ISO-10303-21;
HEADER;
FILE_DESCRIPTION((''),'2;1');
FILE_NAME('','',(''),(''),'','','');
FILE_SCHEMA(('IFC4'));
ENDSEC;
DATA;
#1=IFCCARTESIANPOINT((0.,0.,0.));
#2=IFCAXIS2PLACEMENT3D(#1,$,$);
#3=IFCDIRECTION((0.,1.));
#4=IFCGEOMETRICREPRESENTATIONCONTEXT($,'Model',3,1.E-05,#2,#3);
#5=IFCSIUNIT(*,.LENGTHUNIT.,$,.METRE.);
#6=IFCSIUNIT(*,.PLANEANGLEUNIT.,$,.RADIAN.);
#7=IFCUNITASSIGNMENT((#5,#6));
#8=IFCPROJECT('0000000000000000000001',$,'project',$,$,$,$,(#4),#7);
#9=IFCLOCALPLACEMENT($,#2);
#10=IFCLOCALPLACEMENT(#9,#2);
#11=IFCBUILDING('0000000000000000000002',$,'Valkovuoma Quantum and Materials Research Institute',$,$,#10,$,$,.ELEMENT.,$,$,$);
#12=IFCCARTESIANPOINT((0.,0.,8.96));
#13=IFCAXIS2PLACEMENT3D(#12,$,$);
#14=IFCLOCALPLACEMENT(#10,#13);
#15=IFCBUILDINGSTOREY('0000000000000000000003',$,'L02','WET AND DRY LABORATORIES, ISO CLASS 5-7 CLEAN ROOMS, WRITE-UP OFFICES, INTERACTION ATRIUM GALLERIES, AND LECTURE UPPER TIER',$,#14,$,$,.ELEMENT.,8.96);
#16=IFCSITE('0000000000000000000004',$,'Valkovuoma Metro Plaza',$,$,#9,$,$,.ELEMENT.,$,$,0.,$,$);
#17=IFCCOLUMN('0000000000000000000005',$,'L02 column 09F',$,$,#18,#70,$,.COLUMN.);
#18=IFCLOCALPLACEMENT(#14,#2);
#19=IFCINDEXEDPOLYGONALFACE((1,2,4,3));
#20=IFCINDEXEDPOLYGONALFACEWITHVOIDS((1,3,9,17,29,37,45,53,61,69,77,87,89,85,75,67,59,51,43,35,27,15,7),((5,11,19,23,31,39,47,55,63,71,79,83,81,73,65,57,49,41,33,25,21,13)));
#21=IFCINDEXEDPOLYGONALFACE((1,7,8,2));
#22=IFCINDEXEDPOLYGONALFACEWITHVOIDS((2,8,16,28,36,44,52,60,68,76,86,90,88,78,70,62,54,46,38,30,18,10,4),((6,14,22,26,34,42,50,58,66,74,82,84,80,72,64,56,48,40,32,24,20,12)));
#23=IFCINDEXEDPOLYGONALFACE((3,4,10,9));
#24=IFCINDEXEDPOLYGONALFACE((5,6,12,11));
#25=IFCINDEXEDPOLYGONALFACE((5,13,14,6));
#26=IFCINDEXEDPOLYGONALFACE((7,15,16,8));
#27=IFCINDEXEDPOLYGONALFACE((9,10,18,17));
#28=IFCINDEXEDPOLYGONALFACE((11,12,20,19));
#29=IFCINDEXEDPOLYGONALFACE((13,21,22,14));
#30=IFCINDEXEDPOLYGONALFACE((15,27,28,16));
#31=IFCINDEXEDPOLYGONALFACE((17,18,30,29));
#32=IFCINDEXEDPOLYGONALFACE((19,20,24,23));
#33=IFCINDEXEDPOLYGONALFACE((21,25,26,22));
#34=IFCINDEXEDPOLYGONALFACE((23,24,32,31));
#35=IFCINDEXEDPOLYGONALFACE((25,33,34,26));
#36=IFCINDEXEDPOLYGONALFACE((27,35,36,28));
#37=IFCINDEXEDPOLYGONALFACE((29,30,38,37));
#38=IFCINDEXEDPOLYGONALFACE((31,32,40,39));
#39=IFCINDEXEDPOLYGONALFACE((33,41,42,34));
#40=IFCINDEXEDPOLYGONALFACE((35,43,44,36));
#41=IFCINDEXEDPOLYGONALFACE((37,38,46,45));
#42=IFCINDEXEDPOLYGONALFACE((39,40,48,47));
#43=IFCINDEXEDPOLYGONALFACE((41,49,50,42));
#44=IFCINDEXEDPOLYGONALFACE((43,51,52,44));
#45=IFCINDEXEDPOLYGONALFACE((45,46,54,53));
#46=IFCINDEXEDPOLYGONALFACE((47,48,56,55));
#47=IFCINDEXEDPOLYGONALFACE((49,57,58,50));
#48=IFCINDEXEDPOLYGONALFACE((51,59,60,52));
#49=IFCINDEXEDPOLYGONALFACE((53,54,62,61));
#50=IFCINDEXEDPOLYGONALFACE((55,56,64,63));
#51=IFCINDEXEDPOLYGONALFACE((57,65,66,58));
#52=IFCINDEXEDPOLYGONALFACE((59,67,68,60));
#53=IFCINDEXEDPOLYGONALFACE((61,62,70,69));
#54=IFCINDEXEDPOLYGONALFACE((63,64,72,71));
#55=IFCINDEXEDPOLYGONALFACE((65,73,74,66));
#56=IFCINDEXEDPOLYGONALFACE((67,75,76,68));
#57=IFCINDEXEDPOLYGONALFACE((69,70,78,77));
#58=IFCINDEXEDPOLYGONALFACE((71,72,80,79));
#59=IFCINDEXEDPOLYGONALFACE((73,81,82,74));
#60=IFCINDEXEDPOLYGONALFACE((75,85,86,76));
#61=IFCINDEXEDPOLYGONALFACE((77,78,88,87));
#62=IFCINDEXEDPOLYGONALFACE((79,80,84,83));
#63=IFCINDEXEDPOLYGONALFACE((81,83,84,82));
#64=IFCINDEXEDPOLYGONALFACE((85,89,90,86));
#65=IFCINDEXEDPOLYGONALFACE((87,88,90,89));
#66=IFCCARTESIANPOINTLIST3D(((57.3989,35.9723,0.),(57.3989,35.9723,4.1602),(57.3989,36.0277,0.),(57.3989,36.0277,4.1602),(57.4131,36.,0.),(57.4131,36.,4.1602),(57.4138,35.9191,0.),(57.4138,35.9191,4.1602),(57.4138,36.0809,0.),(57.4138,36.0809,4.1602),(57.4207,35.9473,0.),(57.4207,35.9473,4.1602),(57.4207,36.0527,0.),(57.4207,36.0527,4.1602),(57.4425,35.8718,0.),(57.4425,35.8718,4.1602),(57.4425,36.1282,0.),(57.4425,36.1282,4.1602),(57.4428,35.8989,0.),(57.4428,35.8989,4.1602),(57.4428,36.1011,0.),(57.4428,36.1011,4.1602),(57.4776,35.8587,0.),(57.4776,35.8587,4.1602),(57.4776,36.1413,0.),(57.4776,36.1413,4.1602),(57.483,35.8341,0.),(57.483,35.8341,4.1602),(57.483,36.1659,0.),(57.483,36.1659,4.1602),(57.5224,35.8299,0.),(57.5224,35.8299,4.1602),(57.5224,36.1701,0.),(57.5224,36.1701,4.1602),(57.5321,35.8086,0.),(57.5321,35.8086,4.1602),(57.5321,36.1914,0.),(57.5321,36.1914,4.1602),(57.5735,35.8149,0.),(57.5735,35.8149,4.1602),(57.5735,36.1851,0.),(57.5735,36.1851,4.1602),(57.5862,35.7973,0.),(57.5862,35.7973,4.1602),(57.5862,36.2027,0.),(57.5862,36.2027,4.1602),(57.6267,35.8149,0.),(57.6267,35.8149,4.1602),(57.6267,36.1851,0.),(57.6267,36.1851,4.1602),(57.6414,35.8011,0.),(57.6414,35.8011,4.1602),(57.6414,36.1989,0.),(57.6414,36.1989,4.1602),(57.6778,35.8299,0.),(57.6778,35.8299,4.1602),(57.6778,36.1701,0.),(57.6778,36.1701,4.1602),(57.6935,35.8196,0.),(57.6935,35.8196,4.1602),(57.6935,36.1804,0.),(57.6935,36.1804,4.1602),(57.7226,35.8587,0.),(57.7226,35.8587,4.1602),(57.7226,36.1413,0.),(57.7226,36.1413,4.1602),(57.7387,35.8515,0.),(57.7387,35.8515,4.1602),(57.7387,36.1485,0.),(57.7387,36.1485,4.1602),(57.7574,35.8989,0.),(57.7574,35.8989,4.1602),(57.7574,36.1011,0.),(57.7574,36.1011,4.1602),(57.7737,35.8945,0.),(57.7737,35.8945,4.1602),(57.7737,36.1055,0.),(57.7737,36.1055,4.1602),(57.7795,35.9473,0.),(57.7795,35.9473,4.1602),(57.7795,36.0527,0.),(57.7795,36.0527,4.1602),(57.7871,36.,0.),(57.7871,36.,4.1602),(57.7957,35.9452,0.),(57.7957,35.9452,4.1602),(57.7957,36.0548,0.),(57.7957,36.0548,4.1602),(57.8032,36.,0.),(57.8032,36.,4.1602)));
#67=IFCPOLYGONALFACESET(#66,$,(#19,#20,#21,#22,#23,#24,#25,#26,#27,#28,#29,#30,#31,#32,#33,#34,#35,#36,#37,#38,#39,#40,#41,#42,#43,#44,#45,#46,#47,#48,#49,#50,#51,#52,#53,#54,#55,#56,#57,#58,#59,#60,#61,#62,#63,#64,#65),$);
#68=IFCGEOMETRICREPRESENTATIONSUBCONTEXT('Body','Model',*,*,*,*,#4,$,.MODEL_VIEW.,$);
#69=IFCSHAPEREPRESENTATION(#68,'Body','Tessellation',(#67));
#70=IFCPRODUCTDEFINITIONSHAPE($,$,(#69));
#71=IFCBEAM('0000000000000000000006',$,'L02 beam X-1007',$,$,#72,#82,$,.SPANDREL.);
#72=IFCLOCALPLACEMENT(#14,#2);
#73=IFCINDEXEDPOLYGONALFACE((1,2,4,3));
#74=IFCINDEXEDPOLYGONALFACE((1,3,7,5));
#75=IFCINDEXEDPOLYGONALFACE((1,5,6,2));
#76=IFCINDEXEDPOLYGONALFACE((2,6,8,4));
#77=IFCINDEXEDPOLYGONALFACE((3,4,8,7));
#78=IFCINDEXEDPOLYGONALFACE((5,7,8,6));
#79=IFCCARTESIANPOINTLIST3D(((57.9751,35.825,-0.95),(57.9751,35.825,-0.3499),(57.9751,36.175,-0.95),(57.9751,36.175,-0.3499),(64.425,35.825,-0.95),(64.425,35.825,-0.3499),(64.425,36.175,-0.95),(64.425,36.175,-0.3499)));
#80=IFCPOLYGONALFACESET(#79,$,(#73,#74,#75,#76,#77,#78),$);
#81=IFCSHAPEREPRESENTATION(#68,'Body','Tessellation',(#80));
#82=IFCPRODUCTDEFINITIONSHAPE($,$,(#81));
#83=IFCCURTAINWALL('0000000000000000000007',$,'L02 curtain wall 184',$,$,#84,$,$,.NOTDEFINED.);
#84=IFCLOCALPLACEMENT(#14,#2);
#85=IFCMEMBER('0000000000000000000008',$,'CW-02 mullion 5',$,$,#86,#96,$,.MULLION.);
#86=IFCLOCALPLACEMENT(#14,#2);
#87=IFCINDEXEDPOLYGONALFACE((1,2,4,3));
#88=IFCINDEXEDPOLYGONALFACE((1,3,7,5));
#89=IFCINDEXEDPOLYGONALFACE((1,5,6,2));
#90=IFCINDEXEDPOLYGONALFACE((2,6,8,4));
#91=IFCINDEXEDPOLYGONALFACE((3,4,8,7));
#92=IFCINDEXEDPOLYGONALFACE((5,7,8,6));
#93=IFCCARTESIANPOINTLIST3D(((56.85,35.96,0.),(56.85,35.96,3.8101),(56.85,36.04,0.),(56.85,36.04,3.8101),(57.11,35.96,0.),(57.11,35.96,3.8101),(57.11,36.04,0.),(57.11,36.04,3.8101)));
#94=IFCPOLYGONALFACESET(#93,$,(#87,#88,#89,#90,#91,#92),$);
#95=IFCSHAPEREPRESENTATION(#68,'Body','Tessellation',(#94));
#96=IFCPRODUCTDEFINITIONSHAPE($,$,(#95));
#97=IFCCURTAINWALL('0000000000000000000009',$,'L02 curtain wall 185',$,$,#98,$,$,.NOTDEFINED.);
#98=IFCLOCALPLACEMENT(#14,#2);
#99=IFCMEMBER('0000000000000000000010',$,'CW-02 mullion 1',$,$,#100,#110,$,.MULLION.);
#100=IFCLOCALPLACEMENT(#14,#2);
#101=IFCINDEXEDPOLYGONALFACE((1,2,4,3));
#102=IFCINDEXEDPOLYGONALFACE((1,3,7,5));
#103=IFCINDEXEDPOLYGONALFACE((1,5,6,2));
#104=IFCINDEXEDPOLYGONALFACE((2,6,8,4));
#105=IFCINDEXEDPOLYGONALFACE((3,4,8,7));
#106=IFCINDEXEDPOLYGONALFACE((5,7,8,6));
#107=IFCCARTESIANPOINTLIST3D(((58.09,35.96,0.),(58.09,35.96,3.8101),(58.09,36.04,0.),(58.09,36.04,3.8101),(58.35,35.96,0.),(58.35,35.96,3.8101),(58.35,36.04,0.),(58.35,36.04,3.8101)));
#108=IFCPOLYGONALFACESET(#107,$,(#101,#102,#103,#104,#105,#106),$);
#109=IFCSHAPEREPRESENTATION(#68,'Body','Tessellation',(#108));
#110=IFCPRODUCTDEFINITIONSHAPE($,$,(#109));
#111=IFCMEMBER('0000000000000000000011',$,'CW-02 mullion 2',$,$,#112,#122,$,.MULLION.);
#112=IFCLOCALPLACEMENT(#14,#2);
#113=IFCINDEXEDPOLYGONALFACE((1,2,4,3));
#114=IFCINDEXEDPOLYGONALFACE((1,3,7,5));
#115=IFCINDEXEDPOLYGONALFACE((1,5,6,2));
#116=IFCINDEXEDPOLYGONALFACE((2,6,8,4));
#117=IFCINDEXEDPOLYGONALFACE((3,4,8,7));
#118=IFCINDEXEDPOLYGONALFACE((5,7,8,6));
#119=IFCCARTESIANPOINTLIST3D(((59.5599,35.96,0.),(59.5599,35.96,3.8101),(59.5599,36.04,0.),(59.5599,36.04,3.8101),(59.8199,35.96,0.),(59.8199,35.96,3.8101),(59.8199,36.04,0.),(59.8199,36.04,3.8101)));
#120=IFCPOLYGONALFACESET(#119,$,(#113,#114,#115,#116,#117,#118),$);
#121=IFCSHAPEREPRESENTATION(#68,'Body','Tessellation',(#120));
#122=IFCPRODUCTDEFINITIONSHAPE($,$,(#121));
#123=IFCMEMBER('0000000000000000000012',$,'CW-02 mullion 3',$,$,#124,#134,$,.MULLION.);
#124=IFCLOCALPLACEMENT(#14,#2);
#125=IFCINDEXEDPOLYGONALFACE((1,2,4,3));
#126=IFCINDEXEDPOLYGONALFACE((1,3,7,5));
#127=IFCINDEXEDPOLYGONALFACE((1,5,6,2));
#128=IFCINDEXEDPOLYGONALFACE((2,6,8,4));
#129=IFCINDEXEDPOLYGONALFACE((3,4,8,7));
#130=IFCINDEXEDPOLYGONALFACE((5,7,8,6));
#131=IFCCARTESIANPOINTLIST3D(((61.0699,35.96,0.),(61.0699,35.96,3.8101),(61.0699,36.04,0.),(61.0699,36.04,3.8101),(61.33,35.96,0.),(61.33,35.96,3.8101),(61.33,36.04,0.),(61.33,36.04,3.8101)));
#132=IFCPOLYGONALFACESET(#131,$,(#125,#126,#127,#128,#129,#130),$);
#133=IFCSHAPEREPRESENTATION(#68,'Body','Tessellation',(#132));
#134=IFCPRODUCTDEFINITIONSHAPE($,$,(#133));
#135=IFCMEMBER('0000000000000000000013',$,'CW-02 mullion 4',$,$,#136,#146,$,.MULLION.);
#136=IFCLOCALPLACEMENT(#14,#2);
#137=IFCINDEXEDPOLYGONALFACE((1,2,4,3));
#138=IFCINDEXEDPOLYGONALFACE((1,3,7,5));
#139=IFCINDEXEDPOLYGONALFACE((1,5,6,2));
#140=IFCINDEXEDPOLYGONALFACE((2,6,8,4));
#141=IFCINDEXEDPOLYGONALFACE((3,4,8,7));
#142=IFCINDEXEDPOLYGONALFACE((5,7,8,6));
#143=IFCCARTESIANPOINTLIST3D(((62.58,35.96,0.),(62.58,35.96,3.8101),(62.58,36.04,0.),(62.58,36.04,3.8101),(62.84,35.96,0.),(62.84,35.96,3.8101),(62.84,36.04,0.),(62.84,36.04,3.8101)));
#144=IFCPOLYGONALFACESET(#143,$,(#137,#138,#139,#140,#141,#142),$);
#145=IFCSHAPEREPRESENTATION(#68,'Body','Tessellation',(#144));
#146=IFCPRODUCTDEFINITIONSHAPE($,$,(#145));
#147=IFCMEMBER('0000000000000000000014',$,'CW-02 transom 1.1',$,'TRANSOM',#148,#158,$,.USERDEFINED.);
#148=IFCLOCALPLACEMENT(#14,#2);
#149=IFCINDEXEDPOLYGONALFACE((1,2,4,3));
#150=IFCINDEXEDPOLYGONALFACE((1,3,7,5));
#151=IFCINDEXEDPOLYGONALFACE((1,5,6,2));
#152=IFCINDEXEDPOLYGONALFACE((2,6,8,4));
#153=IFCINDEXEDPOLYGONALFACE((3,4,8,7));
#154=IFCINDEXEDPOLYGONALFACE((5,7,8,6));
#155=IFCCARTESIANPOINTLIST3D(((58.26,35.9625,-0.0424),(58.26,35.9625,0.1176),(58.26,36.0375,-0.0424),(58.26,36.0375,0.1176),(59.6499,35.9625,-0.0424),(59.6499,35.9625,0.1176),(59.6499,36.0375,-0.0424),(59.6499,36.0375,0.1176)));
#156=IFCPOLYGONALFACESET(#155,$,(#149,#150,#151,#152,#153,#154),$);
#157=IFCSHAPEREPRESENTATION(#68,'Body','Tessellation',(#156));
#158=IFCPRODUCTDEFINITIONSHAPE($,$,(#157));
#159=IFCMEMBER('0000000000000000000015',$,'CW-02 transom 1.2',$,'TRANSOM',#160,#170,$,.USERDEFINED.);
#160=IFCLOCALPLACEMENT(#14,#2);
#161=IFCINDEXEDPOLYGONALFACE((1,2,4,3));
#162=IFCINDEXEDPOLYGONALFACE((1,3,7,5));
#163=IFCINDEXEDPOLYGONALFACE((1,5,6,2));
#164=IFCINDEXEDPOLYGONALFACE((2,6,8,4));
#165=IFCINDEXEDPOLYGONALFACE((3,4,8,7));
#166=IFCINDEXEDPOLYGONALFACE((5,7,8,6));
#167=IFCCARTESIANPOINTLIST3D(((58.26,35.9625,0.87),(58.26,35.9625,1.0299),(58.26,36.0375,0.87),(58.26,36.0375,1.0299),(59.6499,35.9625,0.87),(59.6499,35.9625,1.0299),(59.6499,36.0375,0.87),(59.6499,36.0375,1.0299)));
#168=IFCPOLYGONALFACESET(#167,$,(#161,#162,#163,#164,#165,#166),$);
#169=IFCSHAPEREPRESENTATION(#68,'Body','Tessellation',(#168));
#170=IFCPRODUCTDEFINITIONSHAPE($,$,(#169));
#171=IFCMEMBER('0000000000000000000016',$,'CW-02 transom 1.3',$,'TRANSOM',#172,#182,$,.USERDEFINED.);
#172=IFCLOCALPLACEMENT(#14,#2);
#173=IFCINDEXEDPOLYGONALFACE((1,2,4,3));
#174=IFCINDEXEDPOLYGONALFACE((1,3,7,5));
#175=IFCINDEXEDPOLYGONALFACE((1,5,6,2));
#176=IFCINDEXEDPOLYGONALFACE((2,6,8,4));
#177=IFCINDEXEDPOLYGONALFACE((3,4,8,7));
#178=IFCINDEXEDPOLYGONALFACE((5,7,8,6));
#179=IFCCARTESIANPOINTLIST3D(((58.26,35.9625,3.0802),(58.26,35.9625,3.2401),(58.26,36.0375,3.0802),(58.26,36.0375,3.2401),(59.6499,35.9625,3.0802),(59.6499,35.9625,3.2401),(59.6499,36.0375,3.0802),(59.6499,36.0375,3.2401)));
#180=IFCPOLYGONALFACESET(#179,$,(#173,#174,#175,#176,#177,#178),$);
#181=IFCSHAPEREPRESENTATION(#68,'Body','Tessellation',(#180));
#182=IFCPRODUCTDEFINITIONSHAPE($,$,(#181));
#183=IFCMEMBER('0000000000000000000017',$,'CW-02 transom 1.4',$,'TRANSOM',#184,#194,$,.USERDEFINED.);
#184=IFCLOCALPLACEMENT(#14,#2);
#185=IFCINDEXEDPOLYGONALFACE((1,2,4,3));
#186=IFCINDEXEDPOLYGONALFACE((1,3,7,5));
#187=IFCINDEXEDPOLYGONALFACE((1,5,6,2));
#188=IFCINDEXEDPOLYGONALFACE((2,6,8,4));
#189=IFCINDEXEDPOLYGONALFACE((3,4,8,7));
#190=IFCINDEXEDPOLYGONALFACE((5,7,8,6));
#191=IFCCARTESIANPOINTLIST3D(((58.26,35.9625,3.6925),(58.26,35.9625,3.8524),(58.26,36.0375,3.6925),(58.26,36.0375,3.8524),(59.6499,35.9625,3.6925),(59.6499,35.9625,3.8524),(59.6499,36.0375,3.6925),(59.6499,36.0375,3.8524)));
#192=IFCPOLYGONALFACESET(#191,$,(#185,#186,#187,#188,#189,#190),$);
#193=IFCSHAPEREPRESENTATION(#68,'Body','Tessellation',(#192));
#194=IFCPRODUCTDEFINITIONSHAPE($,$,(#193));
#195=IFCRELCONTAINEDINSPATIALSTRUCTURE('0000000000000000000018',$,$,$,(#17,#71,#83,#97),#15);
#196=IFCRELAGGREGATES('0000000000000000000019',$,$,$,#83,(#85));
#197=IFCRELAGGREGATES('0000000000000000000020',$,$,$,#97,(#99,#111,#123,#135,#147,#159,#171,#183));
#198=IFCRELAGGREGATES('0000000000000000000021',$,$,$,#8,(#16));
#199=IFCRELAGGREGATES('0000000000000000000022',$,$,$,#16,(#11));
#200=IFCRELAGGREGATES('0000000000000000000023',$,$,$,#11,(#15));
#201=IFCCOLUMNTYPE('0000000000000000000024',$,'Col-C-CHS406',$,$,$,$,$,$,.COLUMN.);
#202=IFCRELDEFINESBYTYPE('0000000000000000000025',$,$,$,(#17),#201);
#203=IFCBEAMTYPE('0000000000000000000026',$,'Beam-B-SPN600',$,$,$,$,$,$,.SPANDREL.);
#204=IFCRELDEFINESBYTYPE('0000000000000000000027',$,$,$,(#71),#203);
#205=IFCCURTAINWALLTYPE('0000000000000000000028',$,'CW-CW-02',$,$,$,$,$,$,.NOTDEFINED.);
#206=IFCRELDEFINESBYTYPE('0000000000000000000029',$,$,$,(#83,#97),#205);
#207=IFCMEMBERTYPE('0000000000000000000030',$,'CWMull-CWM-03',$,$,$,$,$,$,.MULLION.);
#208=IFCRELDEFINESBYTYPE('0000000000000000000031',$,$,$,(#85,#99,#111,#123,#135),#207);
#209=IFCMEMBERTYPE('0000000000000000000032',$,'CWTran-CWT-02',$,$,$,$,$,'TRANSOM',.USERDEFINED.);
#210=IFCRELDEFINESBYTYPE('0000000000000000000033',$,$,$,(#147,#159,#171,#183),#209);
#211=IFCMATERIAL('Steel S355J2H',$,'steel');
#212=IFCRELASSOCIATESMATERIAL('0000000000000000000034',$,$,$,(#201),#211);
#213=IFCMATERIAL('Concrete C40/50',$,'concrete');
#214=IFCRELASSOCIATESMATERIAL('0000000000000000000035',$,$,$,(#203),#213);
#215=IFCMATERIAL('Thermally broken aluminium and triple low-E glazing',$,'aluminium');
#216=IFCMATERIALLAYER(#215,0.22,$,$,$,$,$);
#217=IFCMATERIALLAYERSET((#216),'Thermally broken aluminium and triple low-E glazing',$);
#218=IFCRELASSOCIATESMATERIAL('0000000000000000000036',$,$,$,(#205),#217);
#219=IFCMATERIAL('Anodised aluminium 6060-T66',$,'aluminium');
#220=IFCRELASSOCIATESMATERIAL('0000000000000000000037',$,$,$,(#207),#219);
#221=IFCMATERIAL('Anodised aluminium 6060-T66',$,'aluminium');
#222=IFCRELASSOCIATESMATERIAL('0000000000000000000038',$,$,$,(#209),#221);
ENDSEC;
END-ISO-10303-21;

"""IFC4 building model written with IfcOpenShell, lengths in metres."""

from ifc_helpers import new_model, si_unit, direction, frame, origin, origin_2d, place, context, subcontext, project, spatial, rectangle, hollow_circle, extrude, material, layer, layer_set, material_profile, profile_set, type_object, element, aggregate, save


model = new_model("IFC4")

# Units and contexts
model_context = context("Model", 3, precision=1e-05, world=origin(), true_north=direction((0.0, 1.0)))
body_context = subcontext(model_context, "Body", "Model", "MODEL_VIEW")
ifc_project = project(units=[si_unit("LENGTHUNIT", "METRE"), si_unit("PLANEANGLEUNIT", "RADIAN")], contexts=[model_context])

# Site, building, storey
site_placement = place(None, origin())
site = spatial("IfcSite", under=ifc_project, at=site_placement, Name="Valkovuoma Metro Plaza", CompositionType="ELEMENT", RefElevation=0.0)
building_placement = place(site_placement, origin())
building = spatial("IfcBuilding", under=site, at=building_placement, Name="Valkovuoma Quantum and Materials Research Institute", CompositionType="ELEMENT")
storey_placement = place(building_placement, frame((0.0, 0.0, 8.96)))
storey = spatial("IfcBuildingStorey", under=building, at=storey_placement, Name="L02", Description="WET AND DRY LABORATORIES, ISO CLASS 5-7 CLEAN ROOMS, WRITE-UP OFFICES, INTERACTION ATRIUM GALLERIES, AND LECTURE UPPER TIER", CompositionType="ELEMENT", Elevation=8.96)

# Column
ifc_material_1 = material(Name="Steel S355J2H", Category="steel")
ifc_material_profile_1 = material_profile(ifc_material_1, hollow_circle(Radius=0.2031, WallThickness=0.0161, at=origin_2d()), Name="Steel S355J2H")
ifc_profile_set_1 = profile_set([ifc_material_profile_1], Name="Steel S355J2H")
column_type = type_object("IfcColumnType", Name="Col-C-CHS406", PredefinedType="COLUMN", material=ifc_profile_set_1)
column_placement = place(storey_placement, frame((57.6001, 36.0, 0.0), z_axis=(0.0, 0.0, 1.0), x_axis=(1.0, 0.0, 0.0)))
element("IfcColumn", 1, at=column_placement, inside=storey, type_object=column_type, Name="L02 column 09F", PredefinedType="COLUMN", context=body_context, shape_type="SweptSolid", body=[
    extrude(hollow_circle(Radius=0.2031, WallThickness=0.0161, at=origin_2d()), origin(), (0.0, 0.0, 1.0), 4.1602),
])

# Beam
ifc_material_2 = material(Name="Concrete C40/50", Category="concrete")
ifc_material_profile_2 = material_profile(ifc_material_2, rectangle(XDim=0.3501, YDim=0.6001, at=origin_2d()), Name="Concrete C40/50")
ifc_profile_set_2 = profile_set([ifc_material_profile_2], Name="Concrete C40/50")
beam_type = type_object("IfcBeamType", Name="Beam-B-SPN600", PredefinedType="SPANDREL", material=ifc_profile_set_2)
beam_placement = place(storey_placement, frame((57.9751, 36.0, -0.6499), z_axis=(1.0, 0.0, 0.0), x_axis=(0.0, 1.0, 0.0)))
element("IfcBeam", 2, at=beam_placement, inside=storey, type_object=beam_type, Name="L02 beam X-1007", PredefinedType="SPANDREL", context=body_context, shape_type="SweptSolid", body=[
    extrude(rectangle(XDim=0.3501, YDim=0.6001, at=origin_2d()), origin(), (0.0, 0.0, 1.0), 6.45),
])

# Curtain wall, member
ifc_material_3 = material(Name="Thermally broken aluminium and triple low-E glazing", Category="aluminium")
ifc_layer_1 = layer(ifc_material_3, 0.22)
ifc_layer_set_1 = layer_set([ifc_layer_1], Name="Thermally broken aluminium and triple low-E glazing")
curtain_wall_type = type_object("IfcCurtainWallType", Name="CW-CW-02", PredefinedType="NOTDEFINED", material=ifc_layer_set_1)
curtain_wall_1_placement = place(storey_placement, origin())
curtain_wall_1 = element("IfcCurtainWall", 3, at=curtain_wall_1_placement, inside=storey, type_object=curtain_wall_type, Name="L02 curtain wall 184", PredefinedType="NOTDEFINED")
ifc_material_4 = material(Name="Anodised aluminium 6060-T66", Category="aluminium")
ifc_material_profile_3 = material_profile(ifc_material_4, rectangle(XDim=0.0801, YDim=0.26, at=origin_2d()), Name="Anodised aluminium 6060-T66")
ifc_profile_set_3 = profile_set([ifc_material_profile_3], Name="Anodised aluminium 6060-T66")
member_type_1 = type_object("IfcMemberType", Name="CWMull-CWM-03", PredefinedType="MULLION", material=ifc_profile_set_3)
member_1_placement = place(storey_placement, frame((56.98, 36.0, 0.0), z_axis=(0.0, 0.0, 1.0), x_axis=(0.0, 1.0, 0.0)))
member_1 = element("IfcMember", 4, at=member_1_placement, type_object=member_type_1, Name="CW-02 mullion 5", PredefinedType="MULLION", context=body_context, shape_type="SweptSolid", body=[
    extrude(rectangle(XDim=0.0801, YDim=0.26, at=origin_2d()), origin(), (0.0, 0.0, 1.0), 3.8101),
])

# Curtain wall, members
curtain_wall_2_placement = place(storey_placement, origin())
curtain_wall_2 = element("IfcCurtainWall", 5, at=curtain_wall_2_placement, inside=storey, type_object=curtain_wall_type, Name="L02 curtain wall 185", PredefinedType="NOTDEFINED")
member_2_placement = place(storey_placement, frame((58.22, 36.0, 0.0), z_axis=(0.0, 0.0, 1.0), x_axis=(0.0, 1.0, 0.0)))
member_2 = element("IfcMember", 6, at=member_2_placement, type_object=member_type_1, Name="CW-02 mullion 1", PredefinedType="MULLION", context=body_context, shape_type="SweptSolid", body=[
    extrude(rectangle(XDim=0.0801, YDim=0.26, at=origin_2d()), origin(), (0.0, 0.0, 1.0), 3.8101),
])
member_3_placement = place(storey_placement, frame((59.6899, 36.0, 0.0), z_axis=(0.0, 0.0, 1.0), x_axis=(0.0, 1.0, 0.0)))
member_3 = element("IfcMember", 7, at=member_3_placement, type_object=member_type_1, Name="CW-02 mullion 2", PredefinedType="MULLION", context=body_context, shape_type="SweptSolid", body=[
    extrude(rectangle(XDim=0.0801, YDim=0.26, at=origin_2d()), origin(), (0.0, 0.0, 1.0), 3.8101),
])
member_4_placement = place(storey_placement, frame((61.2, 36.0, 0.0), z_axis=(0.0, 0.0, 1.0), x_axis=(0.0, 1.0, 0.0)))
member_4 = element("IfcMember", 8, at=member_4_placement, type_object=member_type_1, Name="CW-02 mullion 3", PredefinedType="MULLION", context=body_context, shape_type="SweptSolid", body=[
    extrude(rectangle(XDim=0.0801, YDim=0.26, at=origin_2d()), origin(), (0.0, 0.0, 1.0), 3.8101),
])
member_5_placement = place(storey_placement, frame((62.71, 36.0, 0.0), z_axis=(0.0, 0.0, 1.0), x_axis=(0.0, 1.0, 0.0)))
member_5 = element("IfcMember", 9, at=member_5_placement, type_object=member_type_1, Name="CW-02 mullion 4", PredefinedType="MULLION", context=body_context, shape_type="SweptSolid", body=[
    extrude(rectangle(XDim=0.0801, YDim=0.26, at=origin_2d()), origin(), (0.0, 0.0, 1.0), 3.8101),
])
ifc_material_5 = material(Name="Anodised aluminium 6060-T66", Category="aluminium")
ifc_material_profile_4 = material_profile(ifc_material_5, rectangle(XDim=0.075, YDim=0.1599, at=origin_2d()), Name="Anodised aluminium 6060-T66")
ifc_profile_set_4 = profile_set([ifc_material_profile_4], Name="Anodised aluminium 6060-T66")
member_type_2 = type_object("IfcMemberType", Name="CWTran-CWT-02", ElementType="TRANSOM", PredefinedType="USERDEFINED", material=ifc_profile_set_4)
member_6_placement = place(storey_placement, frame((58.26, 36.0, 0.0376), z_axis=(1.0, 0.0, 0.0), x_axis=(0.0, 1.0, 0.0)))
member_6 = element("IfcMember", 10, at=member_6_placement, type_object=member_type_2, Name="CW-02 transom 1.1", ObjectType="TRANSOM", PredefinedType="USERDEFINED", context=body_context, shape_type="SweptSolid", body=[
    extrude(rectangle(XDim=0.075, YDim=0.1599, at=origin_2d()), origin(), (0.0, 0.0, 1.0), 1.3899),
])
member_7_placement = place(storey_placement, frame((58.26, 36.0, 0.95), z_axis=(1.0, 0.0, 0.0), x_axis=(0.0, 1.0, 0.0)))
member_7 = element("IfcMember", 11, at=member_7_placement, type_object=member_type_2, Name="CW-02 transom 1.2", ObjectType="TRANSOM", PredefinedType="USERDEFINED", context=body_context, shape_type="SweptSolid", body=[
    extrude(rectangle(XDim=0.075, YDim=0.1599, at=origin_2d()), origin(), (0.0, 0.0, 1.0), 1.3899),
])
member_8_placement = place(storey_placement, frame((58.26, 36.0, 3.1602), z_axis=(1.0, 0.0, 0.0), x_axis=(0.0, 1.0, 0.0)))
member_8 = element("IfcMember", 12, at=member_8_placement, type_object=member_type_2, Name="CW-02 transom 1.3", ObjectType="TRANSOM", PredefinedType="USERDEFINED", context=body_context, shape_type="SweptSolid", body=[
    extrude(rectangle(XDim=0.075, YDim=0.1599, at=origin_2d()), origin(), (0.0, 0.0, 1.0), 1.3899),
])
member_9_placement = place(storey_placement, frame((58.26, 36.0, 3.7725), z_axis=(1.0, 0.0, 0.0), x_axis=(0.0, 1.0, 0.0)))
member_9 = element("IfcMember", 13, at=member_9_placement, type_object=member_type_2, Name="CW-02 transom 1.4", ObjectType="TRANSOM", PredefinedType="USERDEFINED", context=body_context, shape_type="SweptSolid", body=[
    extrude(rectangle(XDim=0.075, YDim=0.1599, at=origin_2d()), origin(), (0.0, 0.0, 1.0), 1.3899),
])

aggregate(curtain_wall_1, [member_1])
aggregate(curtain_wall_2, [member_2, member_3, member_4, member_5, member_6, member_7, member_8, member_9])

save(model, "model.ifc")
